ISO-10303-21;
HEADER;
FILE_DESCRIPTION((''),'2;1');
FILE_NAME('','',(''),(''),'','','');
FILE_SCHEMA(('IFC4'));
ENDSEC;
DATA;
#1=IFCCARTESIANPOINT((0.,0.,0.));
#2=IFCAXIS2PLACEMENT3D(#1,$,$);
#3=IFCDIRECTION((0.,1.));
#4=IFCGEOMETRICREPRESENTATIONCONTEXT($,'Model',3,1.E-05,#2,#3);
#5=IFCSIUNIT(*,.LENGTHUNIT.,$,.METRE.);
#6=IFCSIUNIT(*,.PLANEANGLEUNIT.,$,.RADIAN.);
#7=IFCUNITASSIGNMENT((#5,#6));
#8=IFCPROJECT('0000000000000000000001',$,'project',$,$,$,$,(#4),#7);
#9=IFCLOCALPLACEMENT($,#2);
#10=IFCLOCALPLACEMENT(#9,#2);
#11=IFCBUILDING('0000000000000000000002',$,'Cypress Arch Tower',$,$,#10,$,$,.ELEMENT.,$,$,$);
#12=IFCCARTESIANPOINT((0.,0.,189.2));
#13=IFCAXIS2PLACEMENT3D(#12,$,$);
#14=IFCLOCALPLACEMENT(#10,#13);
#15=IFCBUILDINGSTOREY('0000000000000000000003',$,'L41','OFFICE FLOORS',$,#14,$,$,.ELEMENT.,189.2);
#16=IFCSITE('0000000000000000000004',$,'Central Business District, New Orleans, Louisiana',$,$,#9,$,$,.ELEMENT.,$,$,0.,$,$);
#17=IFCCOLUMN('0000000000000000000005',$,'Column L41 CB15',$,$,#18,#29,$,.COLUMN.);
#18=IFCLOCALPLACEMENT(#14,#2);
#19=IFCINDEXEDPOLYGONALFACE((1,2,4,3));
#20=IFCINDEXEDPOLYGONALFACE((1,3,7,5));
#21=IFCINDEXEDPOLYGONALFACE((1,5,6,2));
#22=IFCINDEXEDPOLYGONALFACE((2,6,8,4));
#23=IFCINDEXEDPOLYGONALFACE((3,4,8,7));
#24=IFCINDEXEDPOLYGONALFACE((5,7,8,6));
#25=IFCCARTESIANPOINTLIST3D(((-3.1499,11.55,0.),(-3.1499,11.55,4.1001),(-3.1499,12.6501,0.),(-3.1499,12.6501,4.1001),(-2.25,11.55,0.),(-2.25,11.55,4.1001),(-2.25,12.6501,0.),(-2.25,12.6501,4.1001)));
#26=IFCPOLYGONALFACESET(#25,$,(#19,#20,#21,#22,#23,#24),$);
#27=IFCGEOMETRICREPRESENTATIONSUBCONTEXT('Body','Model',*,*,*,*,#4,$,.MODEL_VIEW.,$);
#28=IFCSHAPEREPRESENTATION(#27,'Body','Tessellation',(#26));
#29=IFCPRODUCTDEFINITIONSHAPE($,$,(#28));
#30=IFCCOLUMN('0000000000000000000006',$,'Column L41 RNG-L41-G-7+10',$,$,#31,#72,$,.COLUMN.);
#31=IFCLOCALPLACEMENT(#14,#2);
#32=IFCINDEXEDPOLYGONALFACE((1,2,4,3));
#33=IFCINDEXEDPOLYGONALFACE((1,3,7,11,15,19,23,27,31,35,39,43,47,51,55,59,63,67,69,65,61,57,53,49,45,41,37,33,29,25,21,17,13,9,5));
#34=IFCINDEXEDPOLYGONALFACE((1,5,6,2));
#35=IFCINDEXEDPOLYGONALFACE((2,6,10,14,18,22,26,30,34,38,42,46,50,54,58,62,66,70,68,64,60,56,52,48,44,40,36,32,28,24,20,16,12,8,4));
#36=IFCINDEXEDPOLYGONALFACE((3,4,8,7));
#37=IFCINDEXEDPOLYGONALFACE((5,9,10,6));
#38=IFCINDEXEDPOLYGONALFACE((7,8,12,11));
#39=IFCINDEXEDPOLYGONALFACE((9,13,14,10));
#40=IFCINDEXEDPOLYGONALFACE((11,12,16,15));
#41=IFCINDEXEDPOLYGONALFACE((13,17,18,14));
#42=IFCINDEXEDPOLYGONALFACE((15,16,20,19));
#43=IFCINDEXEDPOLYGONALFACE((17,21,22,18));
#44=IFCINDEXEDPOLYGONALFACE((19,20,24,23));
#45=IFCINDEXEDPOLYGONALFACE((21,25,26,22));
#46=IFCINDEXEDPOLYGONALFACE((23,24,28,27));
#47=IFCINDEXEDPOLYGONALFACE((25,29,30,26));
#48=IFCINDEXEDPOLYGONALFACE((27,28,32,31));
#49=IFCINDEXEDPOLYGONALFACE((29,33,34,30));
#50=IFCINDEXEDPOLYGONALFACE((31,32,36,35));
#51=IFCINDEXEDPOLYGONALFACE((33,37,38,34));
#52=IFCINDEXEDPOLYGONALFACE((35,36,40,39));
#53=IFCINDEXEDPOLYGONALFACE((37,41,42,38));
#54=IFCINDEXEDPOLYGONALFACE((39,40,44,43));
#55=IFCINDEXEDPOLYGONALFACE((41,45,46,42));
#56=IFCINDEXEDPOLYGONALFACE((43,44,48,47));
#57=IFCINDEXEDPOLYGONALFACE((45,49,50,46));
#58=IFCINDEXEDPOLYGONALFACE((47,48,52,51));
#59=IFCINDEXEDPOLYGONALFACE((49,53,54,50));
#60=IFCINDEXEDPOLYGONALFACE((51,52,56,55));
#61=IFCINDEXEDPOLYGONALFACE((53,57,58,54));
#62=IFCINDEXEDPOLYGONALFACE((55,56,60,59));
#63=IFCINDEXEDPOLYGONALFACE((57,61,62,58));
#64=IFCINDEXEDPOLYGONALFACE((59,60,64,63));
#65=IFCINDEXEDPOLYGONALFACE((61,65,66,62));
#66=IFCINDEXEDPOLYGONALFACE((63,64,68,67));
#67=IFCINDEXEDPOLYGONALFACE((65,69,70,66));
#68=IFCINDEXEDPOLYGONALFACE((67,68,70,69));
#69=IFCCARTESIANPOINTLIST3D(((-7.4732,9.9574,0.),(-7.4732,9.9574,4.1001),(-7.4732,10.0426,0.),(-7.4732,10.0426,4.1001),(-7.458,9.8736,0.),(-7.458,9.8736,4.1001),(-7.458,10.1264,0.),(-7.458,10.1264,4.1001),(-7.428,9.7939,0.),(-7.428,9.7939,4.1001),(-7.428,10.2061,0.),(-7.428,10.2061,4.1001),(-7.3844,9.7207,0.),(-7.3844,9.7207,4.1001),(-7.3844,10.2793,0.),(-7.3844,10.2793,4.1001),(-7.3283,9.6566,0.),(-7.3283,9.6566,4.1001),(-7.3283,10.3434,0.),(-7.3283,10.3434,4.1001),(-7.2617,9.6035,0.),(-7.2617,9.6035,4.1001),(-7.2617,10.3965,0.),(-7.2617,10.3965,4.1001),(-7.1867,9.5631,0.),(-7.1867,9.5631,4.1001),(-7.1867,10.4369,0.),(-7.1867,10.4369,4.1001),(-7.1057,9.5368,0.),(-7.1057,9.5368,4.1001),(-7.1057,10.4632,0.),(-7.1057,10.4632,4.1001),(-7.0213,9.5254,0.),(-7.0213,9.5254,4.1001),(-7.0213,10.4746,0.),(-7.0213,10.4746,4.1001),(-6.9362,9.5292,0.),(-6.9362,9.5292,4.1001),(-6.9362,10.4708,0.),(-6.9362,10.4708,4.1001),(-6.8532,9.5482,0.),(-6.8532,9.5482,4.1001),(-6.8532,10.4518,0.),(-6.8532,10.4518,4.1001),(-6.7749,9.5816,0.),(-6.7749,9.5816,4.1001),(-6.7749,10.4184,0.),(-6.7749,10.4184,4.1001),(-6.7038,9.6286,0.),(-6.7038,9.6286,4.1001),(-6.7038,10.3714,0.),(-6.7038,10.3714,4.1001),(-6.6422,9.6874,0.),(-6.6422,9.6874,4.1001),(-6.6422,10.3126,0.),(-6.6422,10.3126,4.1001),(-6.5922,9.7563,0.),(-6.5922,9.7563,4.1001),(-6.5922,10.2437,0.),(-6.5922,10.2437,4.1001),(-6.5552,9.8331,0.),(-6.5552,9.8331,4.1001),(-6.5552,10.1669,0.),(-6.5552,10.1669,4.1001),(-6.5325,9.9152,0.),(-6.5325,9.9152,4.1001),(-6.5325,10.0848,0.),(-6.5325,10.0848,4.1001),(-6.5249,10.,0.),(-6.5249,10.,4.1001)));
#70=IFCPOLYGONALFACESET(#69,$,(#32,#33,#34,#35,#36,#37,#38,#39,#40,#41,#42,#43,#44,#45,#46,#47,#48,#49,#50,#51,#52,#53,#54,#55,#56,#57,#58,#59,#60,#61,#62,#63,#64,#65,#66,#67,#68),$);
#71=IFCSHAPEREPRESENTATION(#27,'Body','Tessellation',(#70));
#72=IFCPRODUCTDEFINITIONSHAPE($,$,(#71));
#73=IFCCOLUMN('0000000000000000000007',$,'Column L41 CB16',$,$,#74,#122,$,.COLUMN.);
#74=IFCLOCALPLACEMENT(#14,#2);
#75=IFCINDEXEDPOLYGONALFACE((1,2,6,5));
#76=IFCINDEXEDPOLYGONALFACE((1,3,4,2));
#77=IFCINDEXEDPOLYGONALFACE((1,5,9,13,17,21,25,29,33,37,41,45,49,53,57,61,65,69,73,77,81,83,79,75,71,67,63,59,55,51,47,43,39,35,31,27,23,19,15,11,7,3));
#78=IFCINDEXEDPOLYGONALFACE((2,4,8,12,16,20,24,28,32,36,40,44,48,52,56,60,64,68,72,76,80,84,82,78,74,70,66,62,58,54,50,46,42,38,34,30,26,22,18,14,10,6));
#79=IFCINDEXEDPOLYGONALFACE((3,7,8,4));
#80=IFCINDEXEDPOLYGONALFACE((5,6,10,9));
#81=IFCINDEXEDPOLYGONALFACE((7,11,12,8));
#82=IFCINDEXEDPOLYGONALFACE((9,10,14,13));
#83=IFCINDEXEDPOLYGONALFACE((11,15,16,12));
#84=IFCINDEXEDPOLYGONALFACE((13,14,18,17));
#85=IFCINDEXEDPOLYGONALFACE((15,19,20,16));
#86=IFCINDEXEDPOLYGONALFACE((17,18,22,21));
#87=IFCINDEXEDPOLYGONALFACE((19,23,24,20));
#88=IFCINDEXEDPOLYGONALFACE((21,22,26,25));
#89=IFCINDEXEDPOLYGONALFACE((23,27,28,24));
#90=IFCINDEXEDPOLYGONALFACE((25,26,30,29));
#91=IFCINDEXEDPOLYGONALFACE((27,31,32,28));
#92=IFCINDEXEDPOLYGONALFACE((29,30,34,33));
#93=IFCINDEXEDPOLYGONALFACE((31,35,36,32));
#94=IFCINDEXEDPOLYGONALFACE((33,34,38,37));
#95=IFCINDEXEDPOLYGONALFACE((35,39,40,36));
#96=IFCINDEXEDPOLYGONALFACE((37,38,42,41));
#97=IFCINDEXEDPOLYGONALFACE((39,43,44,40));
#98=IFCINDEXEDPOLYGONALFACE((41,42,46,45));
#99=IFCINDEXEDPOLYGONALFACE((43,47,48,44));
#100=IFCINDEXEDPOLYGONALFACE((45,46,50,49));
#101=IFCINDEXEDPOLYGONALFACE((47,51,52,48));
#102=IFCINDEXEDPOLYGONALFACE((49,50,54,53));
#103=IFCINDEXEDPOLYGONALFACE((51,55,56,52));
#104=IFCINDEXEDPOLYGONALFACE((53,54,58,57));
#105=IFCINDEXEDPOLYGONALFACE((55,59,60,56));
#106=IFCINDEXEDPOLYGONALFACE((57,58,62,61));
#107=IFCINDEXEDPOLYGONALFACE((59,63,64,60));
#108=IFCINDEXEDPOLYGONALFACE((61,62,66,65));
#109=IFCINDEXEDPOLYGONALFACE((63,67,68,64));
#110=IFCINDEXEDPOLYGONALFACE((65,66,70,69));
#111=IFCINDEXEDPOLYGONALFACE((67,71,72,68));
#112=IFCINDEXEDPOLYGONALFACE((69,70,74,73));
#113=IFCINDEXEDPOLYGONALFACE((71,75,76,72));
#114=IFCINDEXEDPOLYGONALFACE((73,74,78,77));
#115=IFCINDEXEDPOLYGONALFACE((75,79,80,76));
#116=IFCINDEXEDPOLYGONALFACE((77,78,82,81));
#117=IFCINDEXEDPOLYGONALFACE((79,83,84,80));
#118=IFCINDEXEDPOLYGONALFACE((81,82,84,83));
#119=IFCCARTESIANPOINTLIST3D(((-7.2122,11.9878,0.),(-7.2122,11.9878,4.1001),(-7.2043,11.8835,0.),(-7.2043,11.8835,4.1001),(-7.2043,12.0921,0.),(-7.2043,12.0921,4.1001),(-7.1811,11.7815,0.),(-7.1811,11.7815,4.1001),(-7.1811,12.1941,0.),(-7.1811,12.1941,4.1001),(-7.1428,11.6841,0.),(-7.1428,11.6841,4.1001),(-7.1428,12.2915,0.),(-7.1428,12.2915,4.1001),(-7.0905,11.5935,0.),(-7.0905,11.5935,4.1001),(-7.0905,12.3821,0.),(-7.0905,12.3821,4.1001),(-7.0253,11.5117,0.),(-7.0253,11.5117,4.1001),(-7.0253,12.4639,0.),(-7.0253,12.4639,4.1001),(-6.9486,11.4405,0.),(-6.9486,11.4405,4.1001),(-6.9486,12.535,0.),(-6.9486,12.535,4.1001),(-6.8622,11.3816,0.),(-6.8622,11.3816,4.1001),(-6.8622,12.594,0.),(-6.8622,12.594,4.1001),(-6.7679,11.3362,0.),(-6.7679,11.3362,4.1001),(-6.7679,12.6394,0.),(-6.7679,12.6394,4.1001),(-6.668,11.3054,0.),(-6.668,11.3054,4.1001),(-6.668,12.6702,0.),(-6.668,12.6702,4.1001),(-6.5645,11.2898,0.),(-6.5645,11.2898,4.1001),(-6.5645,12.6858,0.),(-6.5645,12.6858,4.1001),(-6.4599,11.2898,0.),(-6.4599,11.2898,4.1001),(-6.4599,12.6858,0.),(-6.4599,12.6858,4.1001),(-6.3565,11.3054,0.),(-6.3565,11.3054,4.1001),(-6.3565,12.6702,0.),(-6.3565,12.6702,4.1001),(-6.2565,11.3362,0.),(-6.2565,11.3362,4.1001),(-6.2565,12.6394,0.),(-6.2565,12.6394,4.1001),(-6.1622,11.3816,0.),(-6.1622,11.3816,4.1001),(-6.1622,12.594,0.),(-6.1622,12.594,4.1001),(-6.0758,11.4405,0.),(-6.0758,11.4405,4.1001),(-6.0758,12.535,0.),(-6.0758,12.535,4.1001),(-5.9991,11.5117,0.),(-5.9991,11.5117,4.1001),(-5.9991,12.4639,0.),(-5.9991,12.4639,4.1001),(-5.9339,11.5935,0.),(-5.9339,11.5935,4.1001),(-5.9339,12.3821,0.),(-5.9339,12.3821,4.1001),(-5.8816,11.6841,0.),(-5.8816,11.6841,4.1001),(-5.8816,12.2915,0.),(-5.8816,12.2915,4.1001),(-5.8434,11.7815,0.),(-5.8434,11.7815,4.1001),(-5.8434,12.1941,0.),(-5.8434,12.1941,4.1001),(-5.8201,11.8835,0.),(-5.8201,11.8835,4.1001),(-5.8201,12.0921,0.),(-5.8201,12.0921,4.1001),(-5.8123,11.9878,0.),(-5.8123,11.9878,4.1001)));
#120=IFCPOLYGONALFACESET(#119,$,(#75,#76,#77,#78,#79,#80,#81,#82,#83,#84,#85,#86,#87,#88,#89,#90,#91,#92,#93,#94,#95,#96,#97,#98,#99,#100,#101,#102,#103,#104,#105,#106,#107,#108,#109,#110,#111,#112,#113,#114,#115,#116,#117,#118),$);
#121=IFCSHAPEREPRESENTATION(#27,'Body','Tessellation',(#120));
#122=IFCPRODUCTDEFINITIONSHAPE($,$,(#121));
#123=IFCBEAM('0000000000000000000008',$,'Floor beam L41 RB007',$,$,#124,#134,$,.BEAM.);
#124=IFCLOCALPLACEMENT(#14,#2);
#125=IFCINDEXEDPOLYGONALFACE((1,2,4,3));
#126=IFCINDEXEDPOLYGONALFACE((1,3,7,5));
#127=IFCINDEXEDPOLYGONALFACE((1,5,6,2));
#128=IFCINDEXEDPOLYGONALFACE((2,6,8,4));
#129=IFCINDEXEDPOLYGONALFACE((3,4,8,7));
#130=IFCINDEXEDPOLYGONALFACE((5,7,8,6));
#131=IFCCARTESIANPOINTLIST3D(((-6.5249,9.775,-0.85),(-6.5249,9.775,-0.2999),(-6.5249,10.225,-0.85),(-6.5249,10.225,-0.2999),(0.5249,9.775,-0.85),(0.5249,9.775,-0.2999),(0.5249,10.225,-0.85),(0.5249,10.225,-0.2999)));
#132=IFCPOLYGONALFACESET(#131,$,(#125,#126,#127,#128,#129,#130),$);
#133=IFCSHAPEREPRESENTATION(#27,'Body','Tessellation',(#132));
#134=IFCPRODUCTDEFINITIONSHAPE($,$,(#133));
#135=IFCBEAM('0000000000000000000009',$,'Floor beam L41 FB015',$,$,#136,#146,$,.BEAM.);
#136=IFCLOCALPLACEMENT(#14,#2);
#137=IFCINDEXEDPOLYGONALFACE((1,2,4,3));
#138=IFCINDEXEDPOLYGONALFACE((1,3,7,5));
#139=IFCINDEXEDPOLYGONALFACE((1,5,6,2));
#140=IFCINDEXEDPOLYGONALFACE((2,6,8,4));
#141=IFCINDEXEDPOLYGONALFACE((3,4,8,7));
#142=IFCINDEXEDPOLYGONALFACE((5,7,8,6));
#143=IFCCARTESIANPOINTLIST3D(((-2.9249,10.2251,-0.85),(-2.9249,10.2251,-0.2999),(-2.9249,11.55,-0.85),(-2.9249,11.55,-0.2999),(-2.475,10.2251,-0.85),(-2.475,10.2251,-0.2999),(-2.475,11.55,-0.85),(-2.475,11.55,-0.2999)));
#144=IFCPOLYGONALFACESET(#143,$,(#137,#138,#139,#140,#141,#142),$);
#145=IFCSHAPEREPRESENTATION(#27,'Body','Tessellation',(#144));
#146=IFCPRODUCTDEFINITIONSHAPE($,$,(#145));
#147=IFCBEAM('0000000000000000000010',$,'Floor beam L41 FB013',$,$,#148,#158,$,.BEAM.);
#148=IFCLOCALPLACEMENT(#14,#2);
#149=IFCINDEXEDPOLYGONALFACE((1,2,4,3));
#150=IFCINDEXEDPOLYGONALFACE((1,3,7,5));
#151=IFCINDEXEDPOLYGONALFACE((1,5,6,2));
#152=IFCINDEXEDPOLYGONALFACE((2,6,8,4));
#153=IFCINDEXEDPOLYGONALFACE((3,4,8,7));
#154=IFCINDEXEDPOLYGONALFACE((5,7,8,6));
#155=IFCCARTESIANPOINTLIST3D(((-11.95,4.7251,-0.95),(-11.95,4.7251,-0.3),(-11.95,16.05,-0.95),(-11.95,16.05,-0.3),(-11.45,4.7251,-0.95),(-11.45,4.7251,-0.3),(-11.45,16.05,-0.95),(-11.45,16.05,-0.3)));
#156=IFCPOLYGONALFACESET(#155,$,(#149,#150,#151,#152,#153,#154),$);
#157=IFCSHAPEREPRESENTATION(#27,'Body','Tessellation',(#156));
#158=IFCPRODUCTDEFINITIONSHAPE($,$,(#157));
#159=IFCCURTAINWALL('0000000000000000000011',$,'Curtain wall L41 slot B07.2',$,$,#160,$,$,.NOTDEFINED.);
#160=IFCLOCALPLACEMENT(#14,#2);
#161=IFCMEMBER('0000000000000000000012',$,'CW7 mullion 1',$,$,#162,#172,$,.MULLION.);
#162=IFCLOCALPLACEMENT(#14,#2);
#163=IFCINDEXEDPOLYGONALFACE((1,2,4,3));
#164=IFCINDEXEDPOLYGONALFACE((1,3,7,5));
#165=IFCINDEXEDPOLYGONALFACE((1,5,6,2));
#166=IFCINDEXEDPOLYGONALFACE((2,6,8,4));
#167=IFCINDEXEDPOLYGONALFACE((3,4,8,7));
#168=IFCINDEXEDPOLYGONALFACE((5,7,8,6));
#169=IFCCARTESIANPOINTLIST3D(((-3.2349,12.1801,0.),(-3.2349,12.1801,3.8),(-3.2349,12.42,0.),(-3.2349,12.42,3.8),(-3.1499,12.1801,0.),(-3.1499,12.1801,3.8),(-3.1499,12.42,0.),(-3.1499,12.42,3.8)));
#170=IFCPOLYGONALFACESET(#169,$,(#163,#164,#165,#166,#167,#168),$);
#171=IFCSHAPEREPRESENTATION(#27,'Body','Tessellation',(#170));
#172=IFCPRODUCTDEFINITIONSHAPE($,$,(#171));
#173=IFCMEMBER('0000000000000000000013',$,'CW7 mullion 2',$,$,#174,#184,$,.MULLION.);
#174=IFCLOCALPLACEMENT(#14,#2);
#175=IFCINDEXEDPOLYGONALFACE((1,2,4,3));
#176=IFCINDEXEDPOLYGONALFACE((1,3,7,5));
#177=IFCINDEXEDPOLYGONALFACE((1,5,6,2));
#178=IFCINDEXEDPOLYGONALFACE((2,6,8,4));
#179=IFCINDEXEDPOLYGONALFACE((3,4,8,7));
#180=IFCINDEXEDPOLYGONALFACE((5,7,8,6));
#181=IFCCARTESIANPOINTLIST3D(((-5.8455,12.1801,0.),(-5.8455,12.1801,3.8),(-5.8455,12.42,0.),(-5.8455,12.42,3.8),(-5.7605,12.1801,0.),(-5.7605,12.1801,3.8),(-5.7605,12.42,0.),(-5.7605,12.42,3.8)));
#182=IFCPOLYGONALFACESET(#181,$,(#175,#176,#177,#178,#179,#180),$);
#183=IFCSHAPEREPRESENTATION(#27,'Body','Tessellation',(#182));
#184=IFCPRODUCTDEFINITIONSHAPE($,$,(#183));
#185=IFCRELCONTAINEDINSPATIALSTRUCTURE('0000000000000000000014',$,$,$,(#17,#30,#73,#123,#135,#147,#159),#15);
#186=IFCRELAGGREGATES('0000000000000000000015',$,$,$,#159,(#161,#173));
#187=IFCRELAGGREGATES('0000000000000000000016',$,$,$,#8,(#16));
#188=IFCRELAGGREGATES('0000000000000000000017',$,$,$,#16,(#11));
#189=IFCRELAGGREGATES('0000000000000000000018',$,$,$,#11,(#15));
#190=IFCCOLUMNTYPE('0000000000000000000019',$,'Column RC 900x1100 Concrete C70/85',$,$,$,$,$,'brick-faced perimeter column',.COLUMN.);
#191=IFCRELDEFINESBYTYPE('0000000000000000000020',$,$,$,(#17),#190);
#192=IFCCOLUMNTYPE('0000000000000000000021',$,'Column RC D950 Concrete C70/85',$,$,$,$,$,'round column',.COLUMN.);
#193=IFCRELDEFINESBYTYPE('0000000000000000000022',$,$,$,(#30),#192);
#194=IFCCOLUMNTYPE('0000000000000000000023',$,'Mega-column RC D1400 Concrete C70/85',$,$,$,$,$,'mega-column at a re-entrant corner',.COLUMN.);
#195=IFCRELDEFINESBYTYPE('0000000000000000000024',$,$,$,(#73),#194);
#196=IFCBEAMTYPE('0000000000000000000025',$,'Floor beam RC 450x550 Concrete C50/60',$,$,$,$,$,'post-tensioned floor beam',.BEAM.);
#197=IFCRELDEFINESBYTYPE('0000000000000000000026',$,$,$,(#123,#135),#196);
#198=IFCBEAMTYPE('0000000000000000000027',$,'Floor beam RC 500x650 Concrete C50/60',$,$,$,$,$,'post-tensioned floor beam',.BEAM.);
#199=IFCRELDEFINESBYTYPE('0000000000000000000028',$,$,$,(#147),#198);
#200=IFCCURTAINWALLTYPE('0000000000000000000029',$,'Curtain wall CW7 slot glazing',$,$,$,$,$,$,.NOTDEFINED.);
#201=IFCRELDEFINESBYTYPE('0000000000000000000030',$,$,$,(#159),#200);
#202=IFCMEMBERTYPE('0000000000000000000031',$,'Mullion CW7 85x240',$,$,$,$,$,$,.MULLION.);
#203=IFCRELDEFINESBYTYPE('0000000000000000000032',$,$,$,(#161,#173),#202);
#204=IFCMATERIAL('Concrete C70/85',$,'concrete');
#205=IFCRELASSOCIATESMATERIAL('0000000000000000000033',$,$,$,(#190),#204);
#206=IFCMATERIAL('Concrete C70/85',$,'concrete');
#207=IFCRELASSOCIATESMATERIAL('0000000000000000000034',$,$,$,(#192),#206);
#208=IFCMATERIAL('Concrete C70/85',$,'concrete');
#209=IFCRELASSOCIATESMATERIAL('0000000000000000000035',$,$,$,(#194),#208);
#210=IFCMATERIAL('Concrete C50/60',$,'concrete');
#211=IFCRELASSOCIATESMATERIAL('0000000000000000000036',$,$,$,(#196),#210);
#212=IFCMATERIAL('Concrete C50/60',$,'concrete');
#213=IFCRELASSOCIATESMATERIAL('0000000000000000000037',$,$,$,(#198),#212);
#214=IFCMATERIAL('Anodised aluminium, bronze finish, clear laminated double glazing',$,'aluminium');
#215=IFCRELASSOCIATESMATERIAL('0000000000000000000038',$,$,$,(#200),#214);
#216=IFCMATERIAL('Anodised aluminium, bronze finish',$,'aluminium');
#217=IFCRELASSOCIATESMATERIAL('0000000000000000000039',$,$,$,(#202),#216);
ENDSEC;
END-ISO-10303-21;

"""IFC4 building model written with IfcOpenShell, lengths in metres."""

from ifc_helpers import new_model, si_unit, direction, frame, origin, origin_2d, place, context, subcontext, project, spatial, rectangle, circle, extrude, material, material_profile, profile_set, type_object, element, aggregate, save


model = new_model("IFC4")

# Units and contexts
model_context = context("Model", 3, precision=1e-05, world=origin(), true_north=direction((0.0, 1.0)))
body_context = subcontext(model_context, "Body", "Model", "MODEL_VIEW")
ifc_project = project(units=[si_unit("LENGTHUNIT", "METRE"), si_unit("PLANEANGLEUNIT", "RADIAN")], contexts=[model_context])

# Site, building, storey
site_placement = place(None, origin())
site = spatial("IfcSite", under=ifc_project, at=site_placement, Name="Central Business District, New Orleans, Louisiana", CompositionType="ELEMENT", RefElevation=0.0)
building_placement = place(site_placement, origin())
building = spatial("IfcBuilding", under=site, at=building_placement, Name="Cypress Arch Tower", CompositionType="ELEMENT")
storey_placement = place(building_placement, frame((0.0, 0.0, 189.2)))
storey = spatial("IfcBuildingStorey", under=building, at=storey_placement, Name="L41", Description="OFFICE FLOORS", CompositionType="ELEMENT", Elevation=189.2)

# Columns
ifc_material_1 = material(Name="Concrete C70/85", Category="concrete")
ifc_material_profile_1 = material_profile(ifc_material_1, rectangle(XDim=0.8999, YDim=1.1001, at=origin_2d()), Name="RC 900x1100")
ifc_profile_set_1 = profile_set([ifc_material_profile_1], Name="Concrete C70/85")
column_type_1 = type_object("IfcColumnType", Name="Column RC 900x1100 Concrete C70/85", ElementType="brick-faced perimeter column", PredefinedType="COLUMN", material=ifc_profile_set_1)
column_1_placement = place(storey_placement, frame((-2.7, 12.1001, 0.0), z_axis=(0.0, 0.0, 1.0), x_axis=(-1.0, 0.0, 0.0)))
element("IfcColumn", 1, at=column_1_placement, inside=storey, type_object=column_type_1, Name="Column L41 CB15", PredefinedType="COLUMN", context=body_context, shape_type="SweptSolid", body=[
    extrude(rectangle(XDim=0.8999, YDim=1.1001, at=origin_2d()), origin(), (0.0, 0.0, 1.0), 4.1001),
])
ifc_material_2 = material(Name="Concrete C70/85", Category="concrete")
ifc_material_profile_2 = material_profile(ifc_material_2, circle(Radius=0.4751, at=origin_2d()), Name="RC D950")
ifc_profile_set_2 = profile_set([ifc_material_profile_2], Name="Concrete C70/85")
column_type_2 = type_object("IfcColumnType", Name="Column RC D950 Concrete C70/85", ElementType="round column", PredefinedType="COLUMN", material=ifc_profile_set_2)
column_2_placement = place(storey_placement, frame((-7.0, 10.0, 0.0), z_axis=(0.0, 0.0, 1.0), x_axis=(1.0, 0.0, 0.0)))
element("IfcColumn", 2, at=column_2_placement, inside=storey, type_object=column_type_2, Name="Column L41 RNG-L41-G-7+10", PredefinedType="COLUMN", context=body_context, shape_type="SweptSolid", body=[
    extrude(circle(Radius=0.4751, at=origin_2d()), origin(), (0.0, 0.0, 1.0), 4.1001),
])
ifc_material_3 = material(Name="Concrete C70/85", Category="concrete")
ifc_material_profile_3 = material_profile(ifc_material_3, circle(Radius=0.7, at=origin_2d()), Name="RC D1400")
ifc_profile_set_3 = profile_set([ifc_material_profile_3], Name="Concrete C70/85")
column_type_3 = type_object("IfcColumnType", Name="Mega-column RC D1400 Concrete C70/85", ElementType="mega-column at a re-entrant corner", PredefinedType="COLUMN", material=ifc_profile_set_3)
column_3_placement = place(storey_placement, frame((-6.5122, 11.9878, 0.0), z_axis=(0.0, 0.0, 1.0), x_axis=(1.0, 0.0, 0.0)))
element("IfcColumn", 3, at=column_3_placement, inside=storey, type_object=column_type_3, Name="Column L41 CB16", PredefinedType="COLUMN", context=body_context, shape_type="SweptSolid", body=[
    extrude(circle(Radius=0.7, at=origin_2d()), origin(), (0.0, 0.0, 1.0), 4.1001),
])

# Beams
ifc_material_4 = material(Name="Concrete C50/60", Category="concrete")
ifc_material_profile_4 = material_profile(ifc_material_4, rectangle(XDim=0.45, YDim=0.55, at=origin_2d()), Name="RC 450x550")
ifc_profile_set_4 = profile_set([ifc_material_profile_4], Name="Concrete C50/60")
beam_type_1 = type_object("IfcBeamType", Name="Floor beam RC 450x550 Concrete C50/60", ElementType="post-tensioned floor beam", PredefinedType="BEAM", material=ifc_profile_set_4)
beam_1_placement = place(storey_placement, frame((-6.5249, 10.0, -0.575), z_axis=(1.0, 0.0, 0.0), x_axis=(0.0, 1.0, 0.0)))
element("IfcBeam", 4, at=beam_1_placement, inside=storey, type_object=beam_type_1, Name="Floor beam L41 RB007", PredefinedType="BEAM", context=body_context, shape_type="SweptSolid", body=[
    extrude(rectangle(XDim=0.45, YDim=0.55, at=origin_2d()), origin(), (0.0, 0.0, 1.0), 7.0498),
])
beam_2_placement = place(storey_placement, frame((-2.7, 10.2251, -0.575), z_axis=(0.0, 1.0, 0.0), x_axis=(-1.0, 0.0, 0.0)))
element("IfcBeam", 5, at=beam_2_placement, inside=storey, type_object=beam_type_1, Name="Floor beam L41 FB015", PredefinedType="BEAM", context=body_context, shape_type="SweptSolid", body=[
    extrude(rectangle(XDim=0.45, YDim=0.55, at=origin_2d()), origin(), (0.0, 0.0, 1.0), 1.325),
])
ifc_material_5 = material(Name="Concrete C50/60", Category="concrete")
ifc_material_profile_5 = material_profile(ifc_material_5, rectangle(XDim=0.5, YDim=0.6499, at=origin_2d()), Name="RC 500x650")
ifc_profile_set_5 = profile_set([ifc_material_profile_5], Name="Concrete C50/60")
beam_type_2 = type_object("IfcBeamType", Name="Floor beam RC 500x650 Concrete C50/60", ElementType="post-tensioned floor beam", PredefinedType="BEAM", material=ifc_profile_set_5)
beam_3_placement = place(storey_placement, frame((-11.7, 4.7251, -0.625), z_axis=(0.0, 1.0, 0.0), x_axis=(-1.0, 0.0, 0.0)))
element("IfcBeam", 6, at=beam_3_placement, inside=storey, type_object=beam_type_2, Name="Floor beam L41 FB013", PredefinedType="BEAM", context=body_context, shape_type="SweptSolid", body=[
    extrude(rectangle(XDim=0.5, YDim=0.6499, at=origin_2d()), origin(), (0.0, 0.0, 1.0), 11.325),
])

# Curtain wall, members
ifc_material_6 = material(Name="Anodised aluminium, bronze finish, clear laminated double glazing", Category="aluminium")
curtain_wall_type = type_object("IfcCurtainWallType", Name="Curtain wall CW7 slot glazing", PredefinedType="NOTDEFINED", material=ifc_material_6)
curtain_wall_placement = place(storey_placement, origin())
curtain_wall = element("IfcCurtainWall", 7, at=curtain_wall_placement, inside=storey, type_object=curtain_wall_type, Name="Curtain wall L41 slot B07.2", PredefinedType="NOTDEFINED")
ifc_material_7 = material(Name="Anodised aluminium, bronze finish", Category="aluminium")
ifc_material_profile_6 = material_profile(ifc_material_7, rectangle(XDim=0.24, YDim=0.085, at=origin_2d()), Name="Mullion 85x240")
ifc_profile_set_6 = profile_set([ifc_material_profile_6], Name="Anodised aluminium, bronze finish")
member_type_1 = type_object("IfcMemberType", Name="Mullion CW7 85x240", PredefinedType="MULLION", material=ifc_profile_set_6)
member_1_placement = place(storey_placement, frame((-3.1924, 12.3, 0.0), z_axis=(0.0, 0.0, 1.0), x_axis=(0.0, -1.0, 0.0)))
member_1 = element("IfcMember", 8, at=member_1_placement, type_object=member_type_1, Name="CW7 mullion 1", PredefinedType="MULLION", context=body_context, shape_type="SweptSolid", body=[
    extrude(rectangle(XDim=0.24, YDim=0.085, at=origin_2d()), origin(), (0.0, 0.0, 1.0), 3.8),
])
member_2_placement = place(storey_placement, frame((-5.803, 12.3, 0.0), z_axis=(0.0, 0.0, 1.0), x_axis=(0.0, -1.0, 0.0)))
member_2 = element("IfcMember", 9, at=member_2_placement, type_object=member_type_1, Name="CW7 mullion 2", PredefinedType="MULLION", context=body_context, shape_type="SweptSolid", body=[
    extrude(rectangle(XDim=0.24, YDim=0.085, at=origin_2d()), origin(), (0.0, 0.0, 1.0), 3.8),
])

aggregate(curtain_wall, [member_1, member_2])

save(model, "model.ifc")
